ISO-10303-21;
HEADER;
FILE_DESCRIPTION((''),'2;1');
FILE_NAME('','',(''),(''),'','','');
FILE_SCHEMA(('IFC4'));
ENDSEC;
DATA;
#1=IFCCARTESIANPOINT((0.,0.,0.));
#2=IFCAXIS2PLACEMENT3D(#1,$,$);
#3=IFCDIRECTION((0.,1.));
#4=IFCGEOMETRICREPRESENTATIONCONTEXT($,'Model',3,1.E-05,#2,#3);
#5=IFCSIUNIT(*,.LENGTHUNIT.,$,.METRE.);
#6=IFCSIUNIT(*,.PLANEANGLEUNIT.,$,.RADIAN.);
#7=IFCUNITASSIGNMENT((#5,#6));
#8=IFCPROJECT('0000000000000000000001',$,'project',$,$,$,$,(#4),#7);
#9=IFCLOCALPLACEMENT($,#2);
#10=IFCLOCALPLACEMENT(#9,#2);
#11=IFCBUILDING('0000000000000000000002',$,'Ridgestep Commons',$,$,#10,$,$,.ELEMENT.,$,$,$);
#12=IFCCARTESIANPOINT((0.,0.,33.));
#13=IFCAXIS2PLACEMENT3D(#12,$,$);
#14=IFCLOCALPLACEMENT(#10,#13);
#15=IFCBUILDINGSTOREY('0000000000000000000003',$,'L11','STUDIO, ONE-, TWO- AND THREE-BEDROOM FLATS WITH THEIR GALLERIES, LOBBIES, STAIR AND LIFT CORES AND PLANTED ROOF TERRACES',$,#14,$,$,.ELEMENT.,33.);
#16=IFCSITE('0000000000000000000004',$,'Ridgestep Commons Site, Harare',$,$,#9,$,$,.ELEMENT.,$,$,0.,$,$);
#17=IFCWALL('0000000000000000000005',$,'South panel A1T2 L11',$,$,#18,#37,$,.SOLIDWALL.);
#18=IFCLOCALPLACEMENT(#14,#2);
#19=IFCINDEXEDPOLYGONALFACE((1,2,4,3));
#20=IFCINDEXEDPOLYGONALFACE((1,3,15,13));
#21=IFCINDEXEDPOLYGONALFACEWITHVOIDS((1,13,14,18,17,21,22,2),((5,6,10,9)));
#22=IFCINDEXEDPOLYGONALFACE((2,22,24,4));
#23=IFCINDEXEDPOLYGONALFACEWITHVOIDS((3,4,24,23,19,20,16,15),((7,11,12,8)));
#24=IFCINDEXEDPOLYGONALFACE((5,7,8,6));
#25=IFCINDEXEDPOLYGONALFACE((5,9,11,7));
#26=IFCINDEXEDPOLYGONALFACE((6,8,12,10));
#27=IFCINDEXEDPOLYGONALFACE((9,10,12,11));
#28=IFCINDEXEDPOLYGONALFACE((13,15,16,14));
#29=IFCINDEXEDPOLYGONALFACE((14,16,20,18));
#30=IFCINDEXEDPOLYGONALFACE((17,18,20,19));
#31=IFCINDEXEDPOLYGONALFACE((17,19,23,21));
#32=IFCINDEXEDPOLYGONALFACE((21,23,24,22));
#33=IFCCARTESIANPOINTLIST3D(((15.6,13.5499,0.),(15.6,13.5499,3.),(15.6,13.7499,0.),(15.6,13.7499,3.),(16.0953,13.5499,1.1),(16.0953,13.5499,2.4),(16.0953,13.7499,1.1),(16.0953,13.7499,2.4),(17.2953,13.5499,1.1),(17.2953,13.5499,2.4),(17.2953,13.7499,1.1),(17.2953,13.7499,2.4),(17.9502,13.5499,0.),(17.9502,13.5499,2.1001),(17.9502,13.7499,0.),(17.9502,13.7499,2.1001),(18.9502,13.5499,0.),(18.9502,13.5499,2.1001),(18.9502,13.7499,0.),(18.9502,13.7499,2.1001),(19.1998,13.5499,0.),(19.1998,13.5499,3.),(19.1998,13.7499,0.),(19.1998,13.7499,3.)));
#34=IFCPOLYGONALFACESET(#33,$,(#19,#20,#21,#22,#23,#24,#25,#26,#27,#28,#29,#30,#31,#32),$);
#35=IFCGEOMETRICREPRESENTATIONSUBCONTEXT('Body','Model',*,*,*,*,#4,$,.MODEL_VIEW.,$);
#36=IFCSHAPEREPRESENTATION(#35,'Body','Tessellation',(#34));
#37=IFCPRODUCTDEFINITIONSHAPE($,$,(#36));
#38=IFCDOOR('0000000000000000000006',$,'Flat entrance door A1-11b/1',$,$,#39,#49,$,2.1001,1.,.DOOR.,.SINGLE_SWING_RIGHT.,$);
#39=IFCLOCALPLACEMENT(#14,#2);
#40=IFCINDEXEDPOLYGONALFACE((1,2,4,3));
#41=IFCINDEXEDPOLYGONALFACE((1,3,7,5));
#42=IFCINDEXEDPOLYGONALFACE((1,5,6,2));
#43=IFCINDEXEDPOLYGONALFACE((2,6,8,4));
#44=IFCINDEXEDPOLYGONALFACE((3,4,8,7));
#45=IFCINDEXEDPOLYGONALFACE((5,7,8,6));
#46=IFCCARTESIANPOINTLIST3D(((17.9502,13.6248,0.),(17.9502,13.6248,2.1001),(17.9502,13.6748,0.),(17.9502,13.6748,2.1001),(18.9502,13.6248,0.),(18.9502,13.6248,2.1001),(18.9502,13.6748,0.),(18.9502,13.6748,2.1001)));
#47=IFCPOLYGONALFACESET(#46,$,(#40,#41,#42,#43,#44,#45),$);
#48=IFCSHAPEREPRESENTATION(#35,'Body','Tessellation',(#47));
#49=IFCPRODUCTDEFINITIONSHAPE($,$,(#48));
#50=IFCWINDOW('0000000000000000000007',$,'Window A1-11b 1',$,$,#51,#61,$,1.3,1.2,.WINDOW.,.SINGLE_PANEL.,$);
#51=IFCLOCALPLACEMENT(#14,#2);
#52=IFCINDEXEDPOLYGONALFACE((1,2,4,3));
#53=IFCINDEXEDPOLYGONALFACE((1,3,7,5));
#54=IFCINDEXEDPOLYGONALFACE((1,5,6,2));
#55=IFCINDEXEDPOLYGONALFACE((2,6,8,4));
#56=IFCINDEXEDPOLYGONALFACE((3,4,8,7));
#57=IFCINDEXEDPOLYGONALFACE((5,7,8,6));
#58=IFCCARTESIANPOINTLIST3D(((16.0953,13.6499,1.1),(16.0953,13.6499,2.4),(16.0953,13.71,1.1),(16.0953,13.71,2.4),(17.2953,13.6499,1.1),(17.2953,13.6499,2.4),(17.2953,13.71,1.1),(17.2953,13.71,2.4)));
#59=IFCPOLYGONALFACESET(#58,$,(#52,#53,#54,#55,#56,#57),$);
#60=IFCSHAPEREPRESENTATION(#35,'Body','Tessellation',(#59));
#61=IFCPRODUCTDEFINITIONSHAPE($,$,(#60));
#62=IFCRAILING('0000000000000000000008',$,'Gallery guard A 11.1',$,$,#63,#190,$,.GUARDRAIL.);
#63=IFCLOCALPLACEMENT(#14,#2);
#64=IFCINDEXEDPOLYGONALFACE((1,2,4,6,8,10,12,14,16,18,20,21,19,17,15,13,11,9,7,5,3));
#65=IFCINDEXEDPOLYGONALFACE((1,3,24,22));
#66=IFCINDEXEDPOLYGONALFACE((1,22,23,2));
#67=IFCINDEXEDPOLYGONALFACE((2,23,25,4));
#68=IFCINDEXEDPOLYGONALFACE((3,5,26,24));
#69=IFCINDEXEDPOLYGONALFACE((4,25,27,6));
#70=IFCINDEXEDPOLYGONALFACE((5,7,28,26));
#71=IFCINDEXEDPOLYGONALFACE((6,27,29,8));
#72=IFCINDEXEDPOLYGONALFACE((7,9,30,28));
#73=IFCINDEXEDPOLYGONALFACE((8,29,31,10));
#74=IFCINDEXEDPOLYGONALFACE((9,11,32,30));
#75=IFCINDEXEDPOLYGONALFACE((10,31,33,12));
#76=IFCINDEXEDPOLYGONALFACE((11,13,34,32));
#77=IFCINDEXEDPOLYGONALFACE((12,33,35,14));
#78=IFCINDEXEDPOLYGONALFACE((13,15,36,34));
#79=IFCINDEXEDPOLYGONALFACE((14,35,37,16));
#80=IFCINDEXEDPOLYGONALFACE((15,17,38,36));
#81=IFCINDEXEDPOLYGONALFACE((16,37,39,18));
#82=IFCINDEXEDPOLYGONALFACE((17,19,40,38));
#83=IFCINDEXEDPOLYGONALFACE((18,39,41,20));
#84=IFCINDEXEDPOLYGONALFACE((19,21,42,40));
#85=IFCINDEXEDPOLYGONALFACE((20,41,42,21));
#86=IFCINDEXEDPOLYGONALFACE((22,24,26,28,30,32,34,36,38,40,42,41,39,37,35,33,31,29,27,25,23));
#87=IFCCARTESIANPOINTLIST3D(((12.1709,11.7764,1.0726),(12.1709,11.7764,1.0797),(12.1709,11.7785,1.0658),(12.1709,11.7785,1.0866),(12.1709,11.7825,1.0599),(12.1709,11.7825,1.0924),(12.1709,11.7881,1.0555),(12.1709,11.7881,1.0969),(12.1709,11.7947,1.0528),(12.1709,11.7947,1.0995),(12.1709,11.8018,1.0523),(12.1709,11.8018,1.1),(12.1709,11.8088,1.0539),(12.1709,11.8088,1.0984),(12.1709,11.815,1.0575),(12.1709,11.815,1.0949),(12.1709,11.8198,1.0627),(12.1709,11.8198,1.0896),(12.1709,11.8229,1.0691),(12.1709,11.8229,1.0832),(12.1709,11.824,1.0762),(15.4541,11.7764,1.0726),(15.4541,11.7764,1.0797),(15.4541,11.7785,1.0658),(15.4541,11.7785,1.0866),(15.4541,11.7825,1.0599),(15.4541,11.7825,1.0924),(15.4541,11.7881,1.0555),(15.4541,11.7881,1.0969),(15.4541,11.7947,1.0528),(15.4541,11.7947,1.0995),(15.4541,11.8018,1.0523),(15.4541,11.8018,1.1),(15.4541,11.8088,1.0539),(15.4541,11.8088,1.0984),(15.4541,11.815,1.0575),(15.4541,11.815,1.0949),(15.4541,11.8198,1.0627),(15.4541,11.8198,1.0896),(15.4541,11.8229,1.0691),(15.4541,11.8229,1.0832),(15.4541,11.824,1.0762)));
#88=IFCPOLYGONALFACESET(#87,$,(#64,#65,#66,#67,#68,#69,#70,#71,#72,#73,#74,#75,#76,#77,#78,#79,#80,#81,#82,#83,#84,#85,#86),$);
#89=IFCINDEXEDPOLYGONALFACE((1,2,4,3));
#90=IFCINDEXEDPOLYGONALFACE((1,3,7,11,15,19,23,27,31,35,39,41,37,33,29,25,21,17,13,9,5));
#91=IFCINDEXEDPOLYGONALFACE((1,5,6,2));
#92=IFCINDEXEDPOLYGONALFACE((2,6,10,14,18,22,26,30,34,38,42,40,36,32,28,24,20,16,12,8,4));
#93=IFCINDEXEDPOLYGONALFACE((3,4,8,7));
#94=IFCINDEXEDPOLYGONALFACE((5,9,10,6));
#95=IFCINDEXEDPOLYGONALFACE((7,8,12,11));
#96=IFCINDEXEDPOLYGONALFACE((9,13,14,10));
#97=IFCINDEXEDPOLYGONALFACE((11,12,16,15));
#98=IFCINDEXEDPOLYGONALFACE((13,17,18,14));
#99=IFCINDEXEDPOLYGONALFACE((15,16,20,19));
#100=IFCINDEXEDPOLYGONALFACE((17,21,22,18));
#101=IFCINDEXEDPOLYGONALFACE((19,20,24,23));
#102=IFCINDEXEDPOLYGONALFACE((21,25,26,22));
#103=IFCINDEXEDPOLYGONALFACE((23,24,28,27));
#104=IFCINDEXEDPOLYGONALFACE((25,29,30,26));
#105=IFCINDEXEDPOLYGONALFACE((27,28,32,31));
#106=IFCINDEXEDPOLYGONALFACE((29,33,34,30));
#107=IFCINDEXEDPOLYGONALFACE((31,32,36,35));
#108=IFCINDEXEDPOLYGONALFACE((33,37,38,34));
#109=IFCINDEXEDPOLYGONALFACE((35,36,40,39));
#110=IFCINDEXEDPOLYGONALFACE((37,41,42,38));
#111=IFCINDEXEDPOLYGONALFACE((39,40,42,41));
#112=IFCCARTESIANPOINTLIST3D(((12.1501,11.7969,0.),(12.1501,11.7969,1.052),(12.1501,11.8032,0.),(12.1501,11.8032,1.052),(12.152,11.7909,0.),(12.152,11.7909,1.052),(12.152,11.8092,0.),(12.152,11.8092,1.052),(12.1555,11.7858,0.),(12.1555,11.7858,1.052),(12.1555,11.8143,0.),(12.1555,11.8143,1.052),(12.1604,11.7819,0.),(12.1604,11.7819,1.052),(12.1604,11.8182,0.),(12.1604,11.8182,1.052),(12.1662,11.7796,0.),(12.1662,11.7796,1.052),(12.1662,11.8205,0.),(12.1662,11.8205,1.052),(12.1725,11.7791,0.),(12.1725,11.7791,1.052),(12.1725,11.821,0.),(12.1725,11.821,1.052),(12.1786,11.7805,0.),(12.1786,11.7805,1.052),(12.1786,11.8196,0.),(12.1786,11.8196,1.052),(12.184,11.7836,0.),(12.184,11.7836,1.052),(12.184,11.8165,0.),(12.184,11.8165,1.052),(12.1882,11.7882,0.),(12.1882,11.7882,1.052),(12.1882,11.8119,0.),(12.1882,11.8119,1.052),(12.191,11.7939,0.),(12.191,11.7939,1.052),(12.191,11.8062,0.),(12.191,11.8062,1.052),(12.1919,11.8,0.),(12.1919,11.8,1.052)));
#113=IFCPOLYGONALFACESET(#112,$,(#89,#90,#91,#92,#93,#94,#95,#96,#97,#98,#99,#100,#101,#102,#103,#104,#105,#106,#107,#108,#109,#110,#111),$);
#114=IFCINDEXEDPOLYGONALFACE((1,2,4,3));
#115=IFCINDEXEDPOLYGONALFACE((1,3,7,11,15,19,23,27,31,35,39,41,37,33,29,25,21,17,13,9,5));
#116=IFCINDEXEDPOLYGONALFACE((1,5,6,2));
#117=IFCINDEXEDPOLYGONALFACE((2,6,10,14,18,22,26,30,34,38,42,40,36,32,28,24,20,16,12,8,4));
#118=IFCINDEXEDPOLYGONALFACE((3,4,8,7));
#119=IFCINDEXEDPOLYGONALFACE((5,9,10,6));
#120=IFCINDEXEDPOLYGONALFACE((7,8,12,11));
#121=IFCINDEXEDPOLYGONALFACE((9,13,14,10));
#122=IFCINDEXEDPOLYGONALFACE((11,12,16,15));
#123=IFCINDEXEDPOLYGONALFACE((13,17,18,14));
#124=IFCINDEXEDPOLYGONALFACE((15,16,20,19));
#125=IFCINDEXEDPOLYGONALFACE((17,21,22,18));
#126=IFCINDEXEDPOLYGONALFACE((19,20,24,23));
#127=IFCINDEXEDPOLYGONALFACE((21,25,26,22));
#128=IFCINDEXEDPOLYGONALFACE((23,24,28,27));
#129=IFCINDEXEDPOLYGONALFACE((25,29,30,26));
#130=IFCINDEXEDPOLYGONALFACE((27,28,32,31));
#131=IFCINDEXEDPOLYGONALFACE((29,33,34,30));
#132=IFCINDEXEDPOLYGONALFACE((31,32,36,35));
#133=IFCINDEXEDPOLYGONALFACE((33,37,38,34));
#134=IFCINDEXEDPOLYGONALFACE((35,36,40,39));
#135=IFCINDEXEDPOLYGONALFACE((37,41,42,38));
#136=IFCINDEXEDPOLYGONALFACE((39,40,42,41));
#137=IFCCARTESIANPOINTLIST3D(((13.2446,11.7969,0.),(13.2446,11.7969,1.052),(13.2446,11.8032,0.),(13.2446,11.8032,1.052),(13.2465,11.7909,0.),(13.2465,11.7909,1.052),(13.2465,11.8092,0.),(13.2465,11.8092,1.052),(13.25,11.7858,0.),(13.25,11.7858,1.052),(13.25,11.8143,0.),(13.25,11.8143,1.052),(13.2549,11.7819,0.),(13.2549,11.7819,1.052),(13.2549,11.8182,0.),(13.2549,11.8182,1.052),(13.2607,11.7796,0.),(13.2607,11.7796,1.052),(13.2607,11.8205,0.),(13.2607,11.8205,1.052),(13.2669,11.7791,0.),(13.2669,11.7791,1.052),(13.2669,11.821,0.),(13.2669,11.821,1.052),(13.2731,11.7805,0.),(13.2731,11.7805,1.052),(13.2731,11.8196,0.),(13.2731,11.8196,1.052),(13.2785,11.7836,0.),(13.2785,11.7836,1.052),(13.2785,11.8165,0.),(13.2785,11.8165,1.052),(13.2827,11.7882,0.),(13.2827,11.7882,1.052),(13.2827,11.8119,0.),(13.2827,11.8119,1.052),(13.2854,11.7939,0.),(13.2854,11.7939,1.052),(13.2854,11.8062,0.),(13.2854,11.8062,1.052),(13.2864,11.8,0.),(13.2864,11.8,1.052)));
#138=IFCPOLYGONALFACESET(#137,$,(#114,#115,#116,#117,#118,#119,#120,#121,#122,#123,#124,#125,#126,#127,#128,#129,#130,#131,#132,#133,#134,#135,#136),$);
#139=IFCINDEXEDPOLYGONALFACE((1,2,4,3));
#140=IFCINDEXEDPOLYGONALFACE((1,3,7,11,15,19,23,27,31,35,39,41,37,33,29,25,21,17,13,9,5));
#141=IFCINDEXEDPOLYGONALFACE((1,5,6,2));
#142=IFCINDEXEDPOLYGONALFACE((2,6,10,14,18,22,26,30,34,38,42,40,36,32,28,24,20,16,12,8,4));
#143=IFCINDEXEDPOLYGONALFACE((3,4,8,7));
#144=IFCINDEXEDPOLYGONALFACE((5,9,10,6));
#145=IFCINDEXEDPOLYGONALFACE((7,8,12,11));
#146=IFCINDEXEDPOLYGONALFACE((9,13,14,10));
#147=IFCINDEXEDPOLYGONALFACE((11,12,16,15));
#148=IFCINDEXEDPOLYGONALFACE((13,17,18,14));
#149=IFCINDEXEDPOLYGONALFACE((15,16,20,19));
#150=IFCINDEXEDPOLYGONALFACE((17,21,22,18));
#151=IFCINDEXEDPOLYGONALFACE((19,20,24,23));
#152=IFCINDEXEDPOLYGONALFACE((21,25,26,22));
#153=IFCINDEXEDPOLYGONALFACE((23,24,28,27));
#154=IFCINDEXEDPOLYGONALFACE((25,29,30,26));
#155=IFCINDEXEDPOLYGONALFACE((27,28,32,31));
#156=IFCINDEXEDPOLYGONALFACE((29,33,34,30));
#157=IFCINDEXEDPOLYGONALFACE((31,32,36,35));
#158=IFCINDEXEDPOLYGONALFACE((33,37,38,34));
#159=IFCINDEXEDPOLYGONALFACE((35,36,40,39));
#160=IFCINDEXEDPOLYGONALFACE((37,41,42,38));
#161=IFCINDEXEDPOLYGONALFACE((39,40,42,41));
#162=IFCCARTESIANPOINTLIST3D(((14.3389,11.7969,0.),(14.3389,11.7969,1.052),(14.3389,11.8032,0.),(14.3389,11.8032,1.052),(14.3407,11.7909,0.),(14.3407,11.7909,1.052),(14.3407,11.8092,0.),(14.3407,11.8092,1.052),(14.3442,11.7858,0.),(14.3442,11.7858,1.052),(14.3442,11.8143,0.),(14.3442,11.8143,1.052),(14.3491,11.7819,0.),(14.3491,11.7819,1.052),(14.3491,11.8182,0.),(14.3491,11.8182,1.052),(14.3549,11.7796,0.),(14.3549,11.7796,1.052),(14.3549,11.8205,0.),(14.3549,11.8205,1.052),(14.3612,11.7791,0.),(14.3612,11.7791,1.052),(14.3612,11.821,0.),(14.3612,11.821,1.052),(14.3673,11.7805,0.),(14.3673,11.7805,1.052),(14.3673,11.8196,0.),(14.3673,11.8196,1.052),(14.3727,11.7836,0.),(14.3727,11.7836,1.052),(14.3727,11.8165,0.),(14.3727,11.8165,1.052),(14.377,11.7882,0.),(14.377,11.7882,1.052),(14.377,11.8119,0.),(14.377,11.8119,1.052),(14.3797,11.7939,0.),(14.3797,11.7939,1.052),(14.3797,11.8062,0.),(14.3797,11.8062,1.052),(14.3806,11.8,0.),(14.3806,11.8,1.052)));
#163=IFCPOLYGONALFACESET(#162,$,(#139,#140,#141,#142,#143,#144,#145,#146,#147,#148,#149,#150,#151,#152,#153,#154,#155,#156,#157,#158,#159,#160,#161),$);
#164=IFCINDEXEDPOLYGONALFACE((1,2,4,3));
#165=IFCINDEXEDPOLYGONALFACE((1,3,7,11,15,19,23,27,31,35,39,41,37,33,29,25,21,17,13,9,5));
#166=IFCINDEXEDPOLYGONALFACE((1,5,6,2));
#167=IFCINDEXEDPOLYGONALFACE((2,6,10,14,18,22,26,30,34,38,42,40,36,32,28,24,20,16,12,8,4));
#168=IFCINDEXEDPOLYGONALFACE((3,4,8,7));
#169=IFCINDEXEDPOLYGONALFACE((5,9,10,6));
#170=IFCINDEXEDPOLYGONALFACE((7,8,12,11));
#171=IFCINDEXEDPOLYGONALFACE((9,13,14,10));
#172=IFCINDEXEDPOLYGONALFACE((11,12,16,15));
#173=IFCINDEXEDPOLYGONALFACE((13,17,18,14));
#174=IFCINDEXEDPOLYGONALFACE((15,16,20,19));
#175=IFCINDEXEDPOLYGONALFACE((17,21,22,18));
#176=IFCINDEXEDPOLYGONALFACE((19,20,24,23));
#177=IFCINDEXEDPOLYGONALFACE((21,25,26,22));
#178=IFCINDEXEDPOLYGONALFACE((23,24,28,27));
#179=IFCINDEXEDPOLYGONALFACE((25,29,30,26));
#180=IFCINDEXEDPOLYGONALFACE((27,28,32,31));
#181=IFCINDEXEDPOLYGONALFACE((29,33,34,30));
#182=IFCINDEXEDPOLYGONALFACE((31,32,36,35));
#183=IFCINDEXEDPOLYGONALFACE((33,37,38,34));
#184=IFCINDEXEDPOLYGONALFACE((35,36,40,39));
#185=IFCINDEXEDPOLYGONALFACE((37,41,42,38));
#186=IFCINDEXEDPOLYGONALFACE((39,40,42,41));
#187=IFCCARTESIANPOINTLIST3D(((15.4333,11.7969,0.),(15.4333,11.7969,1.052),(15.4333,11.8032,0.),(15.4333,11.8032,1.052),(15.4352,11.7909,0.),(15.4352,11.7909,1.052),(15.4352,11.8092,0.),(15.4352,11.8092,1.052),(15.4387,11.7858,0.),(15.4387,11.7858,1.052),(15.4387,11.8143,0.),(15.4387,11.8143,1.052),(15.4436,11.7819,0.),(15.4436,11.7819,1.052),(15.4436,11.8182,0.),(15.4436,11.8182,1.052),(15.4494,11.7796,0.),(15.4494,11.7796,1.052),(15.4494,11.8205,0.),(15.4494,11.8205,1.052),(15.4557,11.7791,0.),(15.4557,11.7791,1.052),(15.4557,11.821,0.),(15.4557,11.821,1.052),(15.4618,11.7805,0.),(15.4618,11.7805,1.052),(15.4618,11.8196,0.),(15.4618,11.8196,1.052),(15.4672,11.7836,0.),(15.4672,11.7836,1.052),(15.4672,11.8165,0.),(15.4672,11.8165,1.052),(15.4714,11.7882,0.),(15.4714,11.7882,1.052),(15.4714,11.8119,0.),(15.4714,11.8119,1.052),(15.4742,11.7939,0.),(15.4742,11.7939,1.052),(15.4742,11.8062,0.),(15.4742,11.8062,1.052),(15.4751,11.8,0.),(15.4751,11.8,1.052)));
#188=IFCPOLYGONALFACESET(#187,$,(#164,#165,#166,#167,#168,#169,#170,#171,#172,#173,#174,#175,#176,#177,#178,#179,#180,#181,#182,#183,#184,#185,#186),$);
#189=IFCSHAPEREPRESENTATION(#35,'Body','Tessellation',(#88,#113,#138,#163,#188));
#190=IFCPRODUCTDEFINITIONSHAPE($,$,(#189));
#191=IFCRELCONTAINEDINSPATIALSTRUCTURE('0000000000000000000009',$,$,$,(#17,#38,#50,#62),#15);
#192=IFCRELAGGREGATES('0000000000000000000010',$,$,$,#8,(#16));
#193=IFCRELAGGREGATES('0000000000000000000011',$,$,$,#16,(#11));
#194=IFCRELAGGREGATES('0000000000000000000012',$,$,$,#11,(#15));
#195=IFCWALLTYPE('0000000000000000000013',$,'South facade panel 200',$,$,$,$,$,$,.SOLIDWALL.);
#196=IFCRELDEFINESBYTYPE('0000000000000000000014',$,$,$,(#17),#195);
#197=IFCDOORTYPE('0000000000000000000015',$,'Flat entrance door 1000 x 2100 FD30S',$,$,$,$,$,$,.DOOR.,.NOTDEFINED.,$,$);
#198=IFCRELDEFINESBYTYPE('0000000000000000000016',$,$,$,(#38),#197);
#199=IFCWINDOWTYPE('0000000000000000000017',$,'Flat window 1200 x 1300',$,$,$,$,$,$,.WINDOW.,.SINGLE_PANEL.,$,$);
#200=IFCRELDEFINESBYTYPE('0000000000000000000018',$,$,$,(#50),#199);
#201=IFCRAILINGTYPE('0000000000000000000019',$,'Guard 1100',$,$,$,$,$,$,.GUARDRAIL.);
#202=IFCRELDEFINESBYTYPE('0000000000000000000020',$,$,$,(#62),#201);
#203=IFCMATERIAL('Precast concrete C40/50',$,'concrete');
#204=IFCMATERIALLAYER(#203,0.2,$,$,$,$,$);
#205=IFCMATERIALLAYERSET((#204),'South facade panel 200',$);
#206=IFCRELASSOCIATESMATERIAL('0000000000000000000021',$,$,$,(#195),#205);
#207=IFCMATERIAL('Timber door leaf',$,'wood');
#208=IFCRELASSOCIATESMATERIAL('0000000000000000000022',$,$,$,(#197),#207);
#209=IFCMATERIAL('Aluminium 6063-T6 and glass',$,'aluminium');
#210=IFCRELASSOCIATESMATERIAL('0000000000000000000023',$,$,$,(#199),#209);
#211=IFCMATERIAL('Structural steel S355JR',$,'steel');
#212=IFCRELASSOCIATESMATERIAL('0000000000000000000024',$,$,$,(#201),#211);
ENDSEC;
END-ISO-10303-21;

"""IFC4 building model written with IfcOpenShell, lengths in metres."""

from ifc_helpers import new_model, si_unit, direction, frame, frame_2d, origin, origin_2d, place, context, subcontext, project, spatial, rectangle, circle, extrude, material, layer, layer_set, type_object, element, fill, save


model = new_model("IFC4")

# Units and contexts
model_context = context("Model", 3, precision=1e-05, world=origin(), true_north=direction((0.0, 1.0)))
body_context = subcontext(model_context, "Body", "Model", "MODEL_VIEW")
ifc_project = project(units=[si_unit("LENGTHUNIT", "METRE"), si_unit("PLANEANGLEUNIT", "RADIAN")], contexts=[model_context])

# Site, building, storey
site_placement = place(None, origin())
site = spatial("IfcSite", under=ifc_project, at=site_placement, Name="Ridgestep Commons Site, Harare", CompositionType="ELEMENT", RefElevation=0.0)
building_placement = place(site_placement, origin())
building = spatial("IfcBuilding", under=site, at=building_placement, Name="Ridgestep Commons", CompositionType="ELEMENT")
storey_placement = place(building_placement, frame((0.0, 0.0, 33.0)))
storey = spatial("IfcBuildingStorey", under=building, at=storey_placement, Name="L11", Description="STUDIO, ONE-, TWO- AND THREE-BEDROOM FLATS WITH THEIR GALLERIES, LOBBIES, STAIR AND LIFT CORES AND PLANTED ROOF TERRACES", CompositionType="ELEMENT", Elevation=33.0)

# Wall, openings, door, window
ifc_material_1 = material(Name="Precast concrete C40/50", Category="concrete")
ifc_layer_1 = layer(ifc_material_1, 0.2)
ifc_layer_set_1 = layer_set([ifc_layer_1], Name="South facade panel 200")
wall_type_1 = type_object("IfcWallType", Name="South facade panel 200", PredefinedType="SOLIDWALL", material=ifc_layer_set_1)
ifc_material_2 = material(Name="Timber door leaf", Category="wood")
door_type_1 = type_object("IfcDoorType", Name="Flat entrance door 1000 x 2100 FD30S", OperationType="NOTDEFINED", PredefinedType="DOOR", material=ifc_material_2)
ifc_material_3 = material(Name="Aluminium 6063-T6 and glass", Category="aluminium")
window_type_1 = type_object("IfcWindowType", Name="Flat window 1200 x 1300", PartitioningType="SINGLE_PANEL", PredefinedType="WINDOW", material=ifc_material_3)
wall_1_placement = place(storey_placement, frame((15.6001, 13.6499, 0.0), z_axis=(0.0, 0.0, 1.0), x_axis=(1.0, 0.0, 0.0)))
wall_1 = element("IfcWall", 1, at=wall_1_placement, inside=storey, type_object=wall_type_1, Name="South panel A1T2 L11", PredefinedType="SOLIDWALL", context=body_context, shape_type="SweptSolid", body=[
    extrude(rectangle(XDim=3.5999, YDim=0.2, at=frame_2d((1.7998, 0.0))), origin(), (0.0, 0.0, 1.0), 3.0),
])
opening_1_placement = place(wall_1_placement, frame((0.4951, 0.0, 1.1001)))
opening_1 = element("IfcOpeningElement", 2, at=opening_1_placement, cuts=wall_1, PredefinedType="OPENING", context=body_context, shape_type="SweptSolid", body=[
    extrude(rectangle(XDim=1.2, YDim=1.3, at=frame_2d((0.6001, 0.6499))), frame((0.0, 0.1099, 0.0), z_axis=(0.0, -1.0, 0.0), x_axis=(1.0, 0.0, 0.0)), (0.0, 0.0, 1.0), 0.22),
])
opening_2_placement = place(wall_1_placement, frame((2.3501, 0.0, 0.0)))
opening_2 = element("IfcOpeningElement", 3, at=opening_2_placement, cuts=wall_1, PredefinedType="OPENING", context=body_context, shape_type="SweptSolid", body=[
    extrude(rectangle(XDim=1.0, YDim=2.1001, at=frame_2d((0.5, 1.05))), frame((0.0, 0.1099, 0.0), z_axis=(0.0, -1.0, 0.0), x_axis=(1.0, 0.0, 0.0)), (0.0, 0.0, 1.0), 0.22),
])
door_1_placement = place(opening_2_placement, origin())
door_1 = element("IfcDoor", 4, at=door_1_placement, inside=storey, type_object=door_type_1, Name="Flat entrance door A1-11b/1", OperationType="SINGLE_SWING_RIGHT", OverallHeight=2.1001, OverallWidth=1.0, PredefinedType="DOOR", context=body_context, shape_type="SweptSolid", body=[
    extrude(rectangle(XDim=1.0, YDim=2.1001, at=frame_2d((0.5, 1.05))), frame((0.0, 0.0249, 0.0), z_axis=(0.0, -1.0, 0.0), x_axis=(1.0, 0.0, 0.0)), (0.0, 0.0, 1.0), 0.05),
])
fill(opening_2, door_1)
window_1_placement = place(opening_1_placement, origin())
window_1 = element("IfcWindow", 5, at=window_1_placement, inside=storey, type_object=window_type_1, Name="Window A1-11b 1", OverallHeight=1.3, OverallWidth=1.2, PartitioningType="SINGLE_PANEL", PredefinedType="WINDOW", context=body_context, shape_type="SweptSolid", body=[
    extrude(rectangle(XDim=1.2, YDim=1.3, at=frame_2d((0.6001, 0.6499))), frame((0.0, 0.0601, 0.0), z_axis=(0.0, -1.0, 0.0), x_axis=(1.0, 0.0, 0.0)), (0.0, 0.0, 1.0), 0.0601),
])
fill(opening_1, window_1)

# Railing
ifc_material_4 = material(Name="Structural steel S355JR", Category="steel")
railing_type = type_object("IfcRailingType", Name="Guard 1100", PredefinedType="GUARDRAIL", material=ifc_material_4)
railing_1_placement = place(storey_placement, frame((12.1709, 11.8, 0.0)))
element("IfcRailing", 6, at=railing_1_placement, inside=storey, type_object=railing_type, Name="Gallery guard A 11.1", PredefinedType="GUARDRAIL", context=body_context, shape_type="SweptSolid", body=[
    extrude(circle(Radius=0.0239, at=origin_2d()), frame((0.0, 0.0, 1.0762), z_axis=(1.0, 0.0, 0.0), x_axis=(0.0, 1.0, 0.0)), (0.0, 0.0, 1.0), 3.2832),
    extrude(circle(Radius=0.021, at=origin_2d()), origin(), (0.0, 0.0, 1.0), 1.052),
    extrude(circle(Radius=0.021, at=origin_2d()), frame((1.0945, 0.0, 0.0)), (0.0, 0.0, 1.0), 1.052),
    extrude(circle(Radius=0.021, at=origin_2d()), frame((2.1887, 0.0, 0.0)), (0.0, 0.0, 1.0), 1.052),
    extrude(circle(Radius=0.021, at=origin_2d()), frame((3.2832, 0.0, 0.0)), (0.0, 0.0, 1.0), 1.052),
])

save(model, "model.ifc")
